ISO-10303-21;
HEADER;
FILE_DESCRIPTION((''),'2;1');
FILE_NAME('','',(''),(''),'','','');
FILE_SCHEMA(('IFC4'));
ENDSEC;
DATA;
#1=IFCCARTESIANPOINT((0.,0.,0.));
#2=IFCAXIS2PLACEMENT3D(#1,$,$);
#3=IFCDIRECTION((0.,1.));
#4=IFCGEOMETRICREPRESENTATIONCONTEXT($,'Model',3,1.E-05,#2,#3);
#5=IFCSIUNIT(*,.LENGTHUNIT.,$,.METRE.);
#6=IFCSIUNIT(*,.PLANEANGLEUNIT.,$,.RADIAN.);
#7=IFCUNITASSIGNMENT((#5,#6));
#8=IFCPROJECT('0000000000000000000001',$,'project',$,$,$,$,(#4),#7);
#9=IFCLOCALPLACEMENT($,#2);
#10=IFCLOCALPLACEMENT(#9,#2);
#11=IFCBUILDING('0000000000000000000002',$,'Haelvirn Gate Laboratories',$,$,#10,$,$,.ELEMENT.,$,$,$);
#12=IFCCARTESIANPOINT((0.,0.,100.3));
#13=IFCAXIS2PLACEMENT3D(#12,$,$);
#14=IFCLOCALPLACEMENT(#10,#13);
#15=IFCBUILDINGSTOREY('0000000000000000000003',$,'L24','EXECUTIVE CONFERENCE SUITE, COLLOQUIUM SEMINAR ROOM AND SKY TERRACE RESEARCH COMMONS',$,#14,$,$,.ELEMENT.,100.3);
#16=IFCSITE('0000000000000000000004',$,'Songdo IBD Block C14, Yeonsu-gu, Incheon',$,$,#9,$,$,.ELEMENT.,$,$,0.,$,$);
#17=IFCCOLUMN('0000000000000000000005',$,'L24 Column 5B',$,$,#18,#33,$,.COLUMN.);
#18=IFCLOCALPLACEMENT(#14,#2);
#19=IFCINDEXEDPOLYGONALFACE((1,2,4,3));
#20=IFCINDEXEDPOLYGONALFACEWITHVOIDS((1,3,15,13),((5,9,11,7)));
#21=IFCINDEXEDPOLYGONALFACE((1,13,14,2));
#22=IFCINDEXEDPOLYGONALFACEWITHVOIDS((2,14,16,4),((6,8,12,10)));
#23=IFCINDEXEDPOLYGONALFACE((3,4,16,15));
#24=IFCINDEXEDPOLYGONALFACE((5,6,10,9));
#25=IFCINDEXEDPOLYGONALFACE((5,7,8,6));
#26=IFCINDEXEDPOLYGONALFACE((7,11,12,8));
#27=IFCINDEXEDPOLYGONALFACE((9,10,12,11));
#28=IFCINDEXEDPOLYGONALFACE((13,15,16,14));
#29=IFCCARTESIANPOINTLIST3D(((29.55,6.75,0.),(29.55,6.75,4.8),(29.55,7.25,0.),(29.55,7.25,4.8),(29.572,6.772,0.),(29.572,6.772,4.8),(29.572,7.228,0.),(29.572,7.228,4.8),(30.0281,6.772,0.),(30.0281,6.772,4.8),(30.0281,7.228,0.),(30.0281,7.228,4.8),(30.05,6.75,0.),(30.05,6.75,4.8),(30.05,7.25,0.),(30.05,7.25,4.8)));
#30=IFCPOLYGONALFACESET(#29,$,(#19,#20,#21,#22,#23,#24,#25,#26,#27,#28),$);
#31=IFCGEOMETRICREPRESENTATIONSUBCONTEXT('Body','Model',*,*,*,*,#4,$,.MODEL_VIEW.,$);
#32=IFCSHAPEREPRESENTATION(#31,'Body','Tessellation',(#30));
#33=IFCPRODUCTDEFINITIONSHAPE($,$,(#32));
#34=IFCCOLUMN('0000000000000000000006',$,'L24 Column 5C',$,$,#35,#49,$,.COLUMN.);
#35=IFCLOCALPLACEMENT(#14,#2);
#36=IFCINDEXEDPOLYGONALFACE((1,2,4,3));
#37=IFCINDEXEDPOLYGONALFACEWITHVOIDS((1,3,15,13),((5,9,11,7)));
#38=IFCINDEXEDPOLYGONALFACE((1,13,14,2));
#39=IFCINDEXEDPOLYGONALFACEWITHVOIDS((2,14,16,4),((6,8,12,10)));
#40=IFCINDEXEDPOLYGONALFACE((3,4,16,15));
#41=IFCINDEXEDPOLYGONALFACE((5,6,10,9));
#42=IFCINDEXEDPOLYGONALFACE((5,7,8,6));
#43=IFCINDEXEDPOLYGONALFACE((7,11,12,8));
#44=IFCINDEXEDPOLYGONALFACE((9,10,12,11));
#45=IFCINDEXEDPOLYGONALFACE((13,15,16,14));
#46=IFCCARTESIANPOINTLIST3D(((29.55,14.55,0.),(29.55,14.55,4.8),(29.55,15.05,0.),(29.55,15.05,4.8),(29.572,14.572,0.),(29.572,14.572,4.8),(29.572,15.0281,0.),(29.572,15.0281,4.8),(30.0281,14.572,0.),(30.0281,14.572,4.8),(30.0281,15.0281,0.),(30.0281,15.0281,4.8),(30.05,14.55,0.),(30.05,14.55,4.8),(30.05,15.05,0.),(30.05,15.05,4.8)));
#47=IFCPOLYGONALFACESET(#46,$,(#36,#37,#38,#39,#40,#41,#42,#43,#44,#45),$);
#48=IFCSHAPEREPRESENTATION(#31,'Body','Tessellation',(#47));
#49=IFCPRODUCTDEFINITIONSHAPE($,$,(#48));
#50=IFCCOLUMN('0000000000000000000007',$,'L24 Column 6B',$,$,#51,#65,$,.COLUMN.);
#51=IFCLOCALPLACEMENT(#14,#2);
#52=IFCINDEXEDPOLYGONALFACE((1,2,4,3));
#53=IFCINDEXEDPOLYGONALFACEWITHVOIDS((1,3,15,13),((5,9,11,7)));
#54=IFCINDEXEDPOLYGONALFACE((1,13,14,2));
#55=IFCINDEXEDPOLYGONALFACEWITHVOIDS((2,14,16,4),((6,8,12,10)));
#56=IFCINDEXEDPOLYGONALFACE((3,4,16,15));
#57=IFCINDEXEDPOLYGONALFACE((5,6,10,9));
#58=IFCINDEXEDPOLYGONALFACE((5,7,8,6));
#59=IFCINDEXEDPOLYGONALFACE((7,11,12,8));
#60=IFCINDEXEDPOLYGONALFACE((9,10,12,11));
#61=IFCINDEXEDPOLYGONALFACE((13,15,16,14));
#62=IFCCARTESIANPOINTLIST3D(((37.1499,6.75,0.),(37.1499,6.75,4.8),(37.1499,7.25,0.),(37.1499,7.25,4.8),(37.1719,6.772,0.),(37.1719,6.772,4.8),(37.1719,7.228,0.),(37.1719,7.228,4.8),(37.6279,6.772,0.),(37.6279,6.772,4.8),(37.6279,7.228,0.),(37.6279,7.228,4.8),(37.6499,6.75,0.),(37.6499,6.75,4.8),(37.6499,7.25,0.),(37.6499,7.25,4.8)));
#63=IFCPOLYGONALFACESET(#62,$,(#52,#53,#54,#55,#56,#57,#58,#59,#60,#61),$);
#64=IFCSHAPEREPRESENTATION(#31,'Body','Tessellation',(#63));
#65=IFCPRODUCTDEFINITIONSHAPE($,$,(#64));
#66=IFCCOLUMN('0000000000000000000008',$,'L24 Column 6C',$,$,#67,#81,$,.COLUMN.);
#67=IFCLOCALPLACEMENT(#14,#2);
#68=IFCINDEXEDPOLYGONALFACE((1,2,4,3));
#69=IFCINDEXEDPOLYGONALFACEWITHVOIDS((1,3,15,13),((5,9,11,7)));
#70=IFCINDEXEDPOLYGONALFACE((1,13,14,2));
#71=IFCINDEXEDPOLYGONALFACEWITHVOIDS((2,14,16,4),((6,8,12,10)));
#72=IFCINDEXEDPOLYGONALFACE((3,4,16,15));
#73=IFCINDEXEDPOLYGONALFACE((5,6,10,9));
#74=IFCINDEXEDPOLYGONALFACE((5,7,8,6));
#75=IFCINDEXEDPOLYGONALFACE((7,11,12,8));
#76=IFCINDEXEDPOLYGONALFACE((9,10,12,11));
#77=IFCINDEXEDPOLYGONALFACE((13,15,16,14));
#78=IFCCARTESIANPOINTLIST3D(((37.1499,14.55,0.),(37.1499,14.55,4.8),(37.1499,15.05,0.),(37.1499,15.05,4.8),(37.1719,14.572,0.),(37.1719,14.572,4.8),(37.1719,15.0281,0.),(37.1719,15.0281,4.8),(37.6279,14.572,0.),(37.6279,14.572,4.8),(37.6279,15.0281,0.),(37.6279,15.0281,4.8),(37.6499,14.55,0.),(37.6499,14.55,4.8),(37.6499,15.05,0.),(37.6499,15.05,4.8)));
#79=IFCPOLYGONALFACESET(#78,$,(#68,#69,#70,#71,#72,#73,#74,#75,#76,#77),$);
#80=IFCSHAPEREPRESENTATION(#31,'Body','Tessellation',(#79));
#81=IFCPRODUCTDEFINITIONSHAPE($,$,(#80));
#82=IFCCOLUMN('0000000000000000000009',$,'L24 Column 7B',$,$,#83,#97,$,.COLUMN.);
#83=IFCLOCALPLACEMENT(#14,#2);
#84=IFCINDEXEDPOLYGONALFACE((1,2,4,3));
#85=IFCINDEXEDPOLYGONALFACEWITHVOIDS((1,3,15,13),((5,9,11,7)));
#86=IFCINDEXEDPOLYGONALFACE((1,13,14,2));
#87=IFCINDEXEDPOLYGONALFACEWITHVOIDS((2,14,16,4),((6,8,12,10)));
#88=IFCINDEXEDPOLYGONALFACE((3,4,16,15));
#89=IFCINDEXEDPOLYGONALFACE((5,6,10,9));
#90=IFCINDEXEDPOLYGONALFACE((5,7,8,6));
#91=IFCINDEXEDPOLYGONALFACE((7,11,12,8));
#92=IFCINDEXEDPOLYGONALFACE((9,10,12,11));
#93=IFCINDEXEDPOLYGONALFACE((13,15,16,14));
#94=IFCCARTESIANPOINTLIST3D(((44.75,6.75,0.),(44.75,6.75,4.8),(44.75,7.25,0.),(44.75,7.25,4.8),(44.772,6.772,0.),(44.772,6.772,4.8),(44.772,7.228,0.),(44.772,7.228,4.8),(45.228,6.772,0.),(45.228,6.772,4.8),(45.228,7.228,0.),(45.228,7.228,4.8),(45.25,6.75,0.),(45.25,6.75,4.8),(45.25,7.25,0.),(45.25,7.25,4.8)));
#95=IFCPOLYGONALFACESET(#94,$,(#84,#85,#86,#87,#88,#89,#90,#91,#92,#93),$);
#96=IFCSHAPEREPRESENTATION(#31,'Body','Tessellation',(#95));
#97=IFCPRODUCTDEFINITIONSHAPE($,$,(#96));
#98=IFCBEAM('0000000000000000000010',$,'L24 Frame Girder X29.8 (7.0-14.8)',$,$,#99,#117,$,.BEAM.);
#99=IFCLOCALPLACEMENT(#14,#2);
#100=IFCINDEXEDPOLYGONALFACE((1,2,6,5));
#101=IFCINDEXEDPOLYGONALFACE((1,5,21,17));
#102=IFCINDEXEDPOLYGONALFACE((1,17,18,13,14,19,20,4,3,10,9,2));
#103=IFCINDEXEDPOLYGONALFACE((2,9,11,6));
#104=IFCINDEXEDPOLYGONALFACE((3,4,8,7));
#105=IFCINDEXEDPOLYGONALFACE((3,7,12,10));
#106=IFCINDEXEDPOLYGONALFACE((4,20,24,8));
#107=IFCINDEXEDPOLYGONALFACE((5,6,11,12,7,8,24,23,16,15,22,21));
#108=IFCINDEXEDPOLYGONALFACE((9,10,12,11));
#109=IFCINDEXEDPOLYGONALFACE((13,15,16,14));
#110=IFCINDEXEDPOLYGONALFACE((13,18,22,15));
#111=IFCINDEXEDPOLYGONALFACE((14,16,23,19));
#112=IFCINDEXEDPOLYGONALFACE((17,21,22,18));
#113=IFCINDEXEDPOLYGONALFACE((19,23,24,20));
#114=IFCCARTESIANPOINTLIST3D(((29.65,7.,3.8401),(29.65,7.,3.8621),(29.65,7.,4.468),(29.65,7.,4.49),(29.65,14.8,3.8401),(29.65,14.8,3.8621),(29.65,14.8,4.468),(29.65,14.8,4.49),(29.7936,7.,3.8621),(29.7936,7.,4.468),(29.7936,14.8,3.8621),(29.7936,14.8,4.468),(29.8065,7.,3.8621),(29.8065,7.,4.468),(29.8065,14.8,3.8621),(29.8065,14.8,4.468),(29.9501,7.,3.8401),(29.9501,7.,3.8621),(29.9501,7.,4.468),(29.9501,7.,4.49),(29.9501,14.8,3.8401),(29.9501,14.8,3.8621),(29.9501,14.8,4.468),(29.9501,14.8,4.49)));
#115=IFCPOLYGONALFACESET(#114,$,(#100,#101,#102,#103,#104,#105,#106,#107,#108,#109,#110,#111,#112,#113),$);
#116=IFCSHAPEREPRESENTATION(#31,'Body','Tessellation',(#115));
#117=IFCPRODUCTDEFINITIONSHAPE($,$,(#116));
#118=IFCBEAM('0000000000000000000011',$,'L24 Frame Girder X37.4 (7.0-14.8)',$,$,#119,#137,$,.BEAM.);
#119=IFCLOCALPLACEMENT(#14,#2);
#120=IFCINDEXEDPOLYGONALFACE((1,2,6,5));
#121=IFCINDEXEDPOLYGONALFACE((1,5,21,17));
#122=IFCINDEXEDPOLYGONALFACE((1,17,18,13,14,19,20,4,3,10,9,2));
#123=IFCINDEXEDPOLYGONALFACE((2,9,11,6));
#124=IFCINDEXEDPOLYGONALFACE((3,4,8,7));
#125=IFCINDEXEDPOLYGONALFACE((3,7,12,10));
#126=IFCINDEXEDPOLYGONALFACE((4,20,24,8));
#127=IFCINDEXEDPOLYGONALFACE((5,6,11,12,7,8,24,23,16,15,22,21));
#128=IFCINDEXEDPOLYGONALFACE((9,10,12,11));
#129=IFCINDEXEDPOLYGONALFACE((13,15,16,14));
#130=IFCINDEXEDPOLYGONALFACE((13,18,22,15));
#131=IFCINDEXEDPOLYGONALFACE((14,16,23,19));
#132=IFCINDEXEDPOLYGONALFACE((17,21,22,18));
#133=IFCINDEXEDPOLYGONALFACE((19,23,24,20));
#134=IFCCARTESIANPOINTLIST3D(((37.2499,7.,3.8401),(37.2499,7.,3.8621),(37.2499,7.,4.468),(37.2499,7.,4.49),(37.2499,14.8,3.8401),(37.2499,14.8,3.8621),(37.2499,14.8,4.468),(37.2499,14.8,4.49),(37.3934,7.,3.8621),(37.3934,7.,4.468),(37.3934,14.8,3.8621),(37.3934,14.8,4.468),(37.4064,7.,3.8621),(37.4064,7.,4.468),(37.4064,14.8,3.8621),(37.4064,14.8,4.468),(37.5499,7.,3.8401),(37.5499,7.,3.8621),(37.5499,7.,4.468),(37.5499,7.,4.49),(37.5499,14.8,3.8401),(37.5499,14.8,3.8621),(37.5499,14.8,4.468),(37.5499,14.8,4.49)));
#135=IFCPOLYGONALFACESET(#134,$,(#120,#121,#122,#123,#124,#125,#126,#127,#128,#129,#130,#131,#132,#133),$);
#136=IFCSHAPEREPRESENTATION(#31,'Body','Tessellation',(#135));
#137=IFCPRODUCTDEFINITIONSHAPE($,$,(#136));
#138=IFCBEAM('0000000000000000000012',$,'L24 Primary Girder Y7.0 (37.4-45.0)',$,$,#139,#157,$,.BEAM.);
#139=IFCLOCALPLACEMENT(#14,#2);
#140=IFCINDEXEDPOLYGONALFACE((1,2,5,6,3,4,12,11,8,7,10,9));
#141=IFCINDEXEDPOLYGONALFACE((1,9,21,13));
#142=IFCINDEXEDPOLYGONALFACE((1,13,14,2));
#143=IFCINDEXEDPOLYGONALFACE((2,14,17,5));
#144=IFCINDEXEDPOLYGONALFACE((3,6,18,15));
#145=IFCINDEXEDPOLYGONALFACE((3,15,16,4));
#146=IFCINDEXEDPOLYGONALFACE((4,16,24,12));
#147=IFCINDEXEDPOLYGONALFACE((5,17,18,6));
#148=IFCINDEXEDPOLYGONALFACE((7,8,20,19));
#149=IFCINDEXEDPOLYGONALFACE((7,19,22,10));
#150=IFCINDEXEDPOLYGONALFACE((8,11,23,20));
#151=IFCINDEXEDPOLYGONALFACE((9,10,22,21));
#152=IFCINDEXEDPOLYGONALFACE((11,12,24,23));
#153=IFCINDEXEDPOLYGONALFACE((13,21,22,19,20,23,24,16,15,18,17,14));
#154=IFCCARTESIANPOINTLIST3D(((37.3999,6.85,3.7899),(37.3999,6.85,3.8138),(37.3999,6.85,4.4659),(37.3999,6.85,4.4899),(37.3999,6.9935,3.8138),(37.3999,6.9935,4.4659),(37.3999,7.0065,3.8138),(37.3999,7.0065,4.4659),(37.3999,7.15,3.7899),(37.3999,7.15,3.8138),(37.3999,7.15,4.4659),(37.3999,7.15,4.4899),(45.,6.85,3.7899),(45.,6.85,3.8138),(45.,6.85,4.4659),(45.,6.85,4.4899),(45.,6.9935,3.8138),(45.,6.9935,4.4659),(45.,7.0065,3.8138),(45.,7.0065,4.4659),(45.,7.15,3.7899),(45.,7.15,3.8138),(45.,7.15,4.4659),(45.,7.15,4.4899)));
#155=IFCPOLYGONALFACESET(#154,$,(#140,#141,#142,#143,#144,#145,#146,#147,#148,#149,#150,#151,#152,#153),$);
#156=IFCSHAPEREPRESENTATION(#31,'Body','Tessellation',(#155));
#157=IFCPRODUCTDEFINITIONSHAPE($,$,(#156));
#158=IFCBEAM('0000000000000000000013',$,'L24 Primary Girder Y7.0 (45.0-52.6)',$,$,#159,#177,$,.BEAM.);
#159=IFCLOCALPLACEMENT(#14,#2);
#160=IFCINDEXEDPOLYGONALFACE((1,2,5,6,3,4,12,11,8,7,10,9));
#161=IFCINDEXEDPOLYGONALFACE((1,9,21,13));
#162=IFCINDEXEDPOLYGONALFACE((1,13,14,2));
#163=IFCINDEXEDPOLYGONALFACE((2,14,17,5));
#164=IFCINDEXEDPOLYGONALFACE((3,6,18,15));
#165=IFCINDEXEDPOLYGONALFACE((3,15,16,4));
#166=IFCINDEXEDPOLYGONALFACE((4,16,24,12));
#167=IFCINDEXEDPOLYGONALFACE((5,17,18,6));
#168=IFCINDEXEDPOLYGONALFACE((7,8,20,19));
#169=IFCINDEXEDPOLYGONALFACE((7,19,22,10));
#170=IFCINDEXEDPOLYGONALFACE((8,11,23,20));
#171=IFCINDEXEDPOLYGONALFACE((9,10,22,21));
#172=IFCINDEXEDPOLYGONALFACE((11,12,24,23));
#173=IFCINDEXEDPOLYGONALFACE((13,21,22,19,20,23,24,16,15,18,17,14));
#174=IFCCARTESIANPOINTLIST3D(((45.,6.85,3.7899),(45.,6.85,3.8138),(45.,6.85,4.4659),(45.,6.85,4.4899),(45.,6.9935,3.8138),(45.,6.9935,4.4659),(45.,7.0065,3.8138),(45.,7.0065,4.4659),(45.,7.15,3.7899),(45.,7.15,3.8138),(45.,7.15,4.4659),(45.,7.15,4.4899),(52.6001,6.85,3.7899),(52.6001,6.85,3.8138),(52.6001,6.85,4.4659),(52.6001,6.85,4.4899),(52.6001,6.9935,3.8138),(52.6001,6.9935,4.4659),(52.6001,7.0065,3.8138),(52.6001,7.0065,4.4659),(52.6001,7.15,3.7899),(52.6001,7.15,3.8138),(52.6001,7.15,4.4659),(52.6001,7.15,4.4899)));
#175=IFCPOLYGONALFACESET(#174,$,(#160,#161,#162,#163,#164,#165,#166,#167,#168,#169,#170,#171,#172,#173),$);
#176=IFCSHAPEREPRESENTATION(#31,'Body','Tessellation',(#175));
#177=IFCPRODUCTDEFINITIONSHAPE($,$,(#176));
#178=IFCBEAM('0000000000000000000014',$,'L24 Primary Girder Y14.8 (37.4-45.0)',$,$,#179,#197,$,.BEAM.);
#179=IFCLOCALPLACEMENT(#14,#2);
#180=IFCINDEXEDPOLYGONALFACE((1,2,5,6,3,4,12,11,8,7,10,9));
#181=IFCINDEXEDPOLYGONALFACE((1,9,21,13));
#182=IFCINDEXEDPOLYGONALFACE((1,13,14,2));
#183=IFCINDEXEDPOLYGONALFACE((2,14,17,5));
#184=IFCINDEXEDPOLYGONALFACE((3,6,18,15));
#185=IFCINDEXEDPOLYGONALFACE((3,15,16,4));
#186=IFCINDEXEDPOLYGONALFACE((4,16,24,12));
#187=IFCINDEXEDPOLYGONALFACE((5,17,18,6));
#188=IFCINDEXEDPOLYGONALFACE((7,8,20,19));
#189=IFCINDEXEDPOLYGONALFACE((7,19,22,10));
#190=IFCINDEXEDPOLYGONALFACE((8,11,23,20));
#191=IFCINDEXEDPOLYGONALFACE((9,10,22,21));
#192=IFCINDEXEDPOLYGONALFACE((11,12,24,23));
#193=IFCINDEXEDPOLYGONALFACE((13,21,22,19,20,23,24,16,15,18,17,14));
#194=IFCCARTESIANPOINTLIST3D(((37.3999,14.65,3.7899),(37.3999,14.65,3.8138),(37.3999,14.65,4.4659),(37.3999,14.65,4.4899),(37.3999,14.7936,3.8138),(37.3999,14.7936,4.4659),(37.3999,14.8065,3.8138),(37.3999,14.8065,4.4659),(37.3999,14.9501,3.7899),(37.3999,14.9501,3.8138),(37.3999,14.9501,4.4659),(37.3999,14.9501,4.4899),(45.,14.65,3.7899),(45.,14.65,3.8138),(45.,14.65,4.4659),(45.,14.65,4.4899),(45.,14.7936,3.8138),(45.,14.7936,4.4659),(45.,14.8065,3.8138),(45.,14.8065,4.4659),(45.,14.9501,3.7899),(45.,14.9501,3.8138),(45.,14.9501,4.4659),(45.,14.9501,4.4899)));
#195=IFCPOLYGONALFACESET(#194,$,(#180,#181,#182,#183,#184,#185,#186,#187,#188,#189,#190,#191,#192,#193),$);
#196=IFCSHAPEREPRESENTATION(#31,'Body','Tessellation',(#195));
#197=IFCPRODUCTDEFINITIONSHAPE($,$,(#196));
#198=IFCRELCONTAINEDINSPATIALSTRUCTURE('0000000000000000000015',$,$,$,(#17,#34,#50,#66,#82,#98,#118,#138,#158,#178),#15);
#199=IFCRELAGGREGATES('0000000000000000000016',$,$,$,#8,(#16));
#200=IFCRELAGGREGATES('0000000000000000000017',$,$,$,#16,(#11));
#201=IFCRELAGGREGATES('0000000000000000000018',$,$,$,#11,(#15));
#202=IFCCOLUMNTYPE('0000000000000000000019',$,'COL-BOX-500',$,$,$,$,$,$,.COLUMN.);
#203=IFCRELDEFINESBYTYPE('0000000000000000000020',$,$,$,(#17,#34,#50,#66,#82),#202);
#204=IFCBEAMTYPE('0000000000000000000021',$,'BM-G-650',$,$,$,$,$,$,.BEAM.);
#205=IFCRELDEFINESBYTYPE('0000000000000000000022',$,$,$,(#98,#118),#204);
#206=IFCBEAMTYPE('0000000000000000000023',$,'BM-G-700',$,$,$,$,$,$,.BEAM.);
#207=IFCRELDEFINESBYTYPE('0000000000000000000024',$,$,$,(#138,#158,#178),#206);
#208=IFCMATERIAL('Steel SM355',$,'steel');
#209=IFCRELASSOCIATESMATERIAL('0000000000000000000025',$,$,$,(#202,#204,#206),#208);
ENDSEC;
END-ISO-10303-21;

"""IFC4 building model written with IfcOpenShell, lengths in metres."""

from ifc_helpers import new_model, si_unit, direction, frame, origin, origin_2d, place, context, subcontext, project, spatial, hollow_rectangle, i_section, extrude, source, transform, mapped, material, material_profile, profile_set, type_object, type_shapes, element, save


model = new_model("IFC4")

# Units and contexts
model_context = context("Model", 3, precision=1e-05, world=origin(), true_north=direction((0.0, 1.0)))
body_context = subcontext(model_context, "Body", "Model", "MODEL_VIEW")
ifc_project = project(units=[si_unit("LENGTHUNIT", "METRE"), si_unit("PLANEANGLEUNIT", "RADIAN")], contexts=[model_context])

# Site, building, storey
site_placement = place(None, origin())
site = spatial("IfcSite", under=ifc_project, at=site_placement, Name="Songdo IBD Block C14, Yeonsu-gu, Incheon", CompositionType="ELEMENT", RefElevation=0.0)
building_placement = place(site_placement, origin())
building = spatial("IfcBuilding", under=site, at=building_placement, Name="Haelvirn Gate Laboratories", CompositionType="ELEMENT")
storey_placement = place(building_placement, frame((0.0, 0.0, 100.3)))
storey = spatial("IfcBuildingStorey", under=building, at=storey_placement, Name="L24", Description="EXECUTIVE CONFERENCE SUITE, COLLOQUIUM SEMINAR ROOM AND SKY TERRACE RESEARCH COMMONS", CompositionType="ELEMENT", Elevation=100.3)

# Columns
ifc_material_1 = material(Name="Steel SM355", Category="steel")
ifc_material_profile_1 = material_profile(ifc_material_1, hollow_rectangle(XDim=0.5, YDim=0.5, WallThickness=0.022, at=origin_2d()), Name="BOX-500x500x22")
ifc_profile_set_1 = profile_set([ifc_material_profile_1], Name="Steel SM355")
column_type = type_object("IfcColumnType", Name="COL-BOX-500", PredefinedType="COLUMN", material=ifc_profile_set_1)
shared_shape_1 = source(origin(), body_context, "Body", "SweptSolid", [
    extrude(hollow_rectangle(XDim=0.5, YDim=0.5, WallThickness=0.022, at=origin_2d()), origin(), (0.0, 0.0, 1.0), 4.8),
])
type_shapes(column_type, [shared_shape_1])
for number, where, z_axis, x_axis, name in (
    (1, (29.8, 7.0, 0.0), (0.0, 0.0, 1.0), (1.0, 0.0, 0.0), "L24 Column 5B"),
    (2, (29.8, 14.8, 0.0), (0.0, 0.0, 1.0), (1.0, 0.0, 0.0), "L24 Column 5C"),
    (3, (37.3999, 7.0, 0.0), (0.0, 0.0, 1.0), (1.0, 0.0, 0.0), "L24 Column 6B"),
    (4, (37.3999, 14.8, 0.0), (0.0, 0.0, 1.0), (1.0, 0.0, 0.0), "L24 Column 6C"),
    (5, (45.0, 7.0, 0.0), (0.0, 0.0, 1.0), (1.0, 0.0, 0.0), "L24 Column 7B"),
):
    element("IfcColumn", number, at=place(storey_placement, frame(where, z_axis=z_axis, x_axis=x_axis)), inside=storey, type_object=column_type, Name=name, PredefinedType="COLUMN", context=body_context, shape_type="MappedRepresentation", body=[
        mapped(shared_shape_1, transform((0.0, 0.0, 0.0), scale=1.0)),
    ])

# Beams
ifc_material_profile_2 = material_profile(ifc_material_1, i_section(OverallWidth=0.3, OverallDepth=0.6499, WebThickness=0.0129, FlangeThickness=0.022, at=origin_2d()), Name="H-650x300x13x22")
ifc_profile_set_2 = profile_set([ifc_material_profile_2], Name="Steel SM355")
beam_type_1 = type_object("IfcBeamType", Name="BM-G-650", PredefinedType="BEAM", material=ifc_profile_set_2)
shared_shape_2 = source(origin(), body_context, "Body", "SweptSolid", [
    extrude(i_section(OverallWidth=0.3, OverallDepth=0.6499, WebThickness=0.0129, FlangeThickness=0.022, at=origin_2d()), origin(), (0.0, 0.0, 1.0), 7.8),
])
type_shapes(beam_type_1, [shared_shape_2])
for number, where, z_axis, x_axis, name in (
    (6, (29.8, 7.0, 4.165), (0.0, 1.0, 0.0), (-1.0, 0.0, 0.0), "L24 Frame Girder X29.8 (7.0-14.8)"),
    (7, (37.3999, 7.0, 4.165), (0.0, 1.0, 0.0), (-1.0, 0.0, 0.0), "L24 Frame Girder X37.4 (7.0-14.8)"),
):
    element("IfcBeam", number, at=place(storey_placement, frame(where, z_axis=z_axis, x_axis=x_axis)), inside=storey, type_object=beam_type_1, Name=name, PredefinedType="BEAM", context=body_context, shape_type="MappedRepresentation", body=[
        mapped(shared_shape_2, transform((0.0, 0.0, 0.0), scale=1.0)),
    ])
ifc_material_profile_3 = material_profile(ifc_material_1, i_section(OverallWidth=0.3, OverallDepth=0.7, WebThickness=0.0129, FlangeThickness=0.0239, at=origin_2d()), Name="H-700x300x13x24")
ifc_profile_set_3 = profile_set([ifc_material_profile_3], Name="Steel SM355")
beam_type_2 = type_object("IfcBeamType", Name="BM-G-700", PredefinedType="BEAM", material=ifc_profile_set_3)
shared_shape_3 = source(origin(), body_context, "Body", "SweptSolid", [
    extrude(i_section(OverallWidth=0.3, OverallDepth=0.7, WebThickness=0.0129, FlangeThickness=0.0239, at=origin_2d()), origin(), (0.0, 0.0, 1.0), 7.6001),
])
for number, where, z_axis, x_axis, name in (
    (8, (37.3999, 7.0, 4.1399), (1.0, 0.0, 0.0), (0.0, 1.0, 0.0), "L24 Primary Girder Y7.0 (37.4-45.0)"),
    (9, (45.0, 7.0, 4.1399), (1.0, 0.0, 0.0), (0.0, 1.0, 0.0), "L24 Primary Girder Y7.0 (45.0-52.6)"),
    (10, (37.3999, 14.8, 4.1399), (1.0, 0.0, 0.0), (0.0, 1.0, 0.0), "L24 Primary Girder Y14.8 (37.4-45.0)"),
):
    element("IfcBeam", number, at=place(storey_placement, frame(where, z_axis=z_axis, x_axis=x_axis)), inside=storey, type_object=beam_type_2, Name=name, PredefinedType="BEAM", context=body_context, shape_type="MappedRepresentation", body=[
        mapped(shared_shape_3, transform((0.0, 0.0, 0.0), scale=1.0)),
    ])

save(model, "model.ifc")
